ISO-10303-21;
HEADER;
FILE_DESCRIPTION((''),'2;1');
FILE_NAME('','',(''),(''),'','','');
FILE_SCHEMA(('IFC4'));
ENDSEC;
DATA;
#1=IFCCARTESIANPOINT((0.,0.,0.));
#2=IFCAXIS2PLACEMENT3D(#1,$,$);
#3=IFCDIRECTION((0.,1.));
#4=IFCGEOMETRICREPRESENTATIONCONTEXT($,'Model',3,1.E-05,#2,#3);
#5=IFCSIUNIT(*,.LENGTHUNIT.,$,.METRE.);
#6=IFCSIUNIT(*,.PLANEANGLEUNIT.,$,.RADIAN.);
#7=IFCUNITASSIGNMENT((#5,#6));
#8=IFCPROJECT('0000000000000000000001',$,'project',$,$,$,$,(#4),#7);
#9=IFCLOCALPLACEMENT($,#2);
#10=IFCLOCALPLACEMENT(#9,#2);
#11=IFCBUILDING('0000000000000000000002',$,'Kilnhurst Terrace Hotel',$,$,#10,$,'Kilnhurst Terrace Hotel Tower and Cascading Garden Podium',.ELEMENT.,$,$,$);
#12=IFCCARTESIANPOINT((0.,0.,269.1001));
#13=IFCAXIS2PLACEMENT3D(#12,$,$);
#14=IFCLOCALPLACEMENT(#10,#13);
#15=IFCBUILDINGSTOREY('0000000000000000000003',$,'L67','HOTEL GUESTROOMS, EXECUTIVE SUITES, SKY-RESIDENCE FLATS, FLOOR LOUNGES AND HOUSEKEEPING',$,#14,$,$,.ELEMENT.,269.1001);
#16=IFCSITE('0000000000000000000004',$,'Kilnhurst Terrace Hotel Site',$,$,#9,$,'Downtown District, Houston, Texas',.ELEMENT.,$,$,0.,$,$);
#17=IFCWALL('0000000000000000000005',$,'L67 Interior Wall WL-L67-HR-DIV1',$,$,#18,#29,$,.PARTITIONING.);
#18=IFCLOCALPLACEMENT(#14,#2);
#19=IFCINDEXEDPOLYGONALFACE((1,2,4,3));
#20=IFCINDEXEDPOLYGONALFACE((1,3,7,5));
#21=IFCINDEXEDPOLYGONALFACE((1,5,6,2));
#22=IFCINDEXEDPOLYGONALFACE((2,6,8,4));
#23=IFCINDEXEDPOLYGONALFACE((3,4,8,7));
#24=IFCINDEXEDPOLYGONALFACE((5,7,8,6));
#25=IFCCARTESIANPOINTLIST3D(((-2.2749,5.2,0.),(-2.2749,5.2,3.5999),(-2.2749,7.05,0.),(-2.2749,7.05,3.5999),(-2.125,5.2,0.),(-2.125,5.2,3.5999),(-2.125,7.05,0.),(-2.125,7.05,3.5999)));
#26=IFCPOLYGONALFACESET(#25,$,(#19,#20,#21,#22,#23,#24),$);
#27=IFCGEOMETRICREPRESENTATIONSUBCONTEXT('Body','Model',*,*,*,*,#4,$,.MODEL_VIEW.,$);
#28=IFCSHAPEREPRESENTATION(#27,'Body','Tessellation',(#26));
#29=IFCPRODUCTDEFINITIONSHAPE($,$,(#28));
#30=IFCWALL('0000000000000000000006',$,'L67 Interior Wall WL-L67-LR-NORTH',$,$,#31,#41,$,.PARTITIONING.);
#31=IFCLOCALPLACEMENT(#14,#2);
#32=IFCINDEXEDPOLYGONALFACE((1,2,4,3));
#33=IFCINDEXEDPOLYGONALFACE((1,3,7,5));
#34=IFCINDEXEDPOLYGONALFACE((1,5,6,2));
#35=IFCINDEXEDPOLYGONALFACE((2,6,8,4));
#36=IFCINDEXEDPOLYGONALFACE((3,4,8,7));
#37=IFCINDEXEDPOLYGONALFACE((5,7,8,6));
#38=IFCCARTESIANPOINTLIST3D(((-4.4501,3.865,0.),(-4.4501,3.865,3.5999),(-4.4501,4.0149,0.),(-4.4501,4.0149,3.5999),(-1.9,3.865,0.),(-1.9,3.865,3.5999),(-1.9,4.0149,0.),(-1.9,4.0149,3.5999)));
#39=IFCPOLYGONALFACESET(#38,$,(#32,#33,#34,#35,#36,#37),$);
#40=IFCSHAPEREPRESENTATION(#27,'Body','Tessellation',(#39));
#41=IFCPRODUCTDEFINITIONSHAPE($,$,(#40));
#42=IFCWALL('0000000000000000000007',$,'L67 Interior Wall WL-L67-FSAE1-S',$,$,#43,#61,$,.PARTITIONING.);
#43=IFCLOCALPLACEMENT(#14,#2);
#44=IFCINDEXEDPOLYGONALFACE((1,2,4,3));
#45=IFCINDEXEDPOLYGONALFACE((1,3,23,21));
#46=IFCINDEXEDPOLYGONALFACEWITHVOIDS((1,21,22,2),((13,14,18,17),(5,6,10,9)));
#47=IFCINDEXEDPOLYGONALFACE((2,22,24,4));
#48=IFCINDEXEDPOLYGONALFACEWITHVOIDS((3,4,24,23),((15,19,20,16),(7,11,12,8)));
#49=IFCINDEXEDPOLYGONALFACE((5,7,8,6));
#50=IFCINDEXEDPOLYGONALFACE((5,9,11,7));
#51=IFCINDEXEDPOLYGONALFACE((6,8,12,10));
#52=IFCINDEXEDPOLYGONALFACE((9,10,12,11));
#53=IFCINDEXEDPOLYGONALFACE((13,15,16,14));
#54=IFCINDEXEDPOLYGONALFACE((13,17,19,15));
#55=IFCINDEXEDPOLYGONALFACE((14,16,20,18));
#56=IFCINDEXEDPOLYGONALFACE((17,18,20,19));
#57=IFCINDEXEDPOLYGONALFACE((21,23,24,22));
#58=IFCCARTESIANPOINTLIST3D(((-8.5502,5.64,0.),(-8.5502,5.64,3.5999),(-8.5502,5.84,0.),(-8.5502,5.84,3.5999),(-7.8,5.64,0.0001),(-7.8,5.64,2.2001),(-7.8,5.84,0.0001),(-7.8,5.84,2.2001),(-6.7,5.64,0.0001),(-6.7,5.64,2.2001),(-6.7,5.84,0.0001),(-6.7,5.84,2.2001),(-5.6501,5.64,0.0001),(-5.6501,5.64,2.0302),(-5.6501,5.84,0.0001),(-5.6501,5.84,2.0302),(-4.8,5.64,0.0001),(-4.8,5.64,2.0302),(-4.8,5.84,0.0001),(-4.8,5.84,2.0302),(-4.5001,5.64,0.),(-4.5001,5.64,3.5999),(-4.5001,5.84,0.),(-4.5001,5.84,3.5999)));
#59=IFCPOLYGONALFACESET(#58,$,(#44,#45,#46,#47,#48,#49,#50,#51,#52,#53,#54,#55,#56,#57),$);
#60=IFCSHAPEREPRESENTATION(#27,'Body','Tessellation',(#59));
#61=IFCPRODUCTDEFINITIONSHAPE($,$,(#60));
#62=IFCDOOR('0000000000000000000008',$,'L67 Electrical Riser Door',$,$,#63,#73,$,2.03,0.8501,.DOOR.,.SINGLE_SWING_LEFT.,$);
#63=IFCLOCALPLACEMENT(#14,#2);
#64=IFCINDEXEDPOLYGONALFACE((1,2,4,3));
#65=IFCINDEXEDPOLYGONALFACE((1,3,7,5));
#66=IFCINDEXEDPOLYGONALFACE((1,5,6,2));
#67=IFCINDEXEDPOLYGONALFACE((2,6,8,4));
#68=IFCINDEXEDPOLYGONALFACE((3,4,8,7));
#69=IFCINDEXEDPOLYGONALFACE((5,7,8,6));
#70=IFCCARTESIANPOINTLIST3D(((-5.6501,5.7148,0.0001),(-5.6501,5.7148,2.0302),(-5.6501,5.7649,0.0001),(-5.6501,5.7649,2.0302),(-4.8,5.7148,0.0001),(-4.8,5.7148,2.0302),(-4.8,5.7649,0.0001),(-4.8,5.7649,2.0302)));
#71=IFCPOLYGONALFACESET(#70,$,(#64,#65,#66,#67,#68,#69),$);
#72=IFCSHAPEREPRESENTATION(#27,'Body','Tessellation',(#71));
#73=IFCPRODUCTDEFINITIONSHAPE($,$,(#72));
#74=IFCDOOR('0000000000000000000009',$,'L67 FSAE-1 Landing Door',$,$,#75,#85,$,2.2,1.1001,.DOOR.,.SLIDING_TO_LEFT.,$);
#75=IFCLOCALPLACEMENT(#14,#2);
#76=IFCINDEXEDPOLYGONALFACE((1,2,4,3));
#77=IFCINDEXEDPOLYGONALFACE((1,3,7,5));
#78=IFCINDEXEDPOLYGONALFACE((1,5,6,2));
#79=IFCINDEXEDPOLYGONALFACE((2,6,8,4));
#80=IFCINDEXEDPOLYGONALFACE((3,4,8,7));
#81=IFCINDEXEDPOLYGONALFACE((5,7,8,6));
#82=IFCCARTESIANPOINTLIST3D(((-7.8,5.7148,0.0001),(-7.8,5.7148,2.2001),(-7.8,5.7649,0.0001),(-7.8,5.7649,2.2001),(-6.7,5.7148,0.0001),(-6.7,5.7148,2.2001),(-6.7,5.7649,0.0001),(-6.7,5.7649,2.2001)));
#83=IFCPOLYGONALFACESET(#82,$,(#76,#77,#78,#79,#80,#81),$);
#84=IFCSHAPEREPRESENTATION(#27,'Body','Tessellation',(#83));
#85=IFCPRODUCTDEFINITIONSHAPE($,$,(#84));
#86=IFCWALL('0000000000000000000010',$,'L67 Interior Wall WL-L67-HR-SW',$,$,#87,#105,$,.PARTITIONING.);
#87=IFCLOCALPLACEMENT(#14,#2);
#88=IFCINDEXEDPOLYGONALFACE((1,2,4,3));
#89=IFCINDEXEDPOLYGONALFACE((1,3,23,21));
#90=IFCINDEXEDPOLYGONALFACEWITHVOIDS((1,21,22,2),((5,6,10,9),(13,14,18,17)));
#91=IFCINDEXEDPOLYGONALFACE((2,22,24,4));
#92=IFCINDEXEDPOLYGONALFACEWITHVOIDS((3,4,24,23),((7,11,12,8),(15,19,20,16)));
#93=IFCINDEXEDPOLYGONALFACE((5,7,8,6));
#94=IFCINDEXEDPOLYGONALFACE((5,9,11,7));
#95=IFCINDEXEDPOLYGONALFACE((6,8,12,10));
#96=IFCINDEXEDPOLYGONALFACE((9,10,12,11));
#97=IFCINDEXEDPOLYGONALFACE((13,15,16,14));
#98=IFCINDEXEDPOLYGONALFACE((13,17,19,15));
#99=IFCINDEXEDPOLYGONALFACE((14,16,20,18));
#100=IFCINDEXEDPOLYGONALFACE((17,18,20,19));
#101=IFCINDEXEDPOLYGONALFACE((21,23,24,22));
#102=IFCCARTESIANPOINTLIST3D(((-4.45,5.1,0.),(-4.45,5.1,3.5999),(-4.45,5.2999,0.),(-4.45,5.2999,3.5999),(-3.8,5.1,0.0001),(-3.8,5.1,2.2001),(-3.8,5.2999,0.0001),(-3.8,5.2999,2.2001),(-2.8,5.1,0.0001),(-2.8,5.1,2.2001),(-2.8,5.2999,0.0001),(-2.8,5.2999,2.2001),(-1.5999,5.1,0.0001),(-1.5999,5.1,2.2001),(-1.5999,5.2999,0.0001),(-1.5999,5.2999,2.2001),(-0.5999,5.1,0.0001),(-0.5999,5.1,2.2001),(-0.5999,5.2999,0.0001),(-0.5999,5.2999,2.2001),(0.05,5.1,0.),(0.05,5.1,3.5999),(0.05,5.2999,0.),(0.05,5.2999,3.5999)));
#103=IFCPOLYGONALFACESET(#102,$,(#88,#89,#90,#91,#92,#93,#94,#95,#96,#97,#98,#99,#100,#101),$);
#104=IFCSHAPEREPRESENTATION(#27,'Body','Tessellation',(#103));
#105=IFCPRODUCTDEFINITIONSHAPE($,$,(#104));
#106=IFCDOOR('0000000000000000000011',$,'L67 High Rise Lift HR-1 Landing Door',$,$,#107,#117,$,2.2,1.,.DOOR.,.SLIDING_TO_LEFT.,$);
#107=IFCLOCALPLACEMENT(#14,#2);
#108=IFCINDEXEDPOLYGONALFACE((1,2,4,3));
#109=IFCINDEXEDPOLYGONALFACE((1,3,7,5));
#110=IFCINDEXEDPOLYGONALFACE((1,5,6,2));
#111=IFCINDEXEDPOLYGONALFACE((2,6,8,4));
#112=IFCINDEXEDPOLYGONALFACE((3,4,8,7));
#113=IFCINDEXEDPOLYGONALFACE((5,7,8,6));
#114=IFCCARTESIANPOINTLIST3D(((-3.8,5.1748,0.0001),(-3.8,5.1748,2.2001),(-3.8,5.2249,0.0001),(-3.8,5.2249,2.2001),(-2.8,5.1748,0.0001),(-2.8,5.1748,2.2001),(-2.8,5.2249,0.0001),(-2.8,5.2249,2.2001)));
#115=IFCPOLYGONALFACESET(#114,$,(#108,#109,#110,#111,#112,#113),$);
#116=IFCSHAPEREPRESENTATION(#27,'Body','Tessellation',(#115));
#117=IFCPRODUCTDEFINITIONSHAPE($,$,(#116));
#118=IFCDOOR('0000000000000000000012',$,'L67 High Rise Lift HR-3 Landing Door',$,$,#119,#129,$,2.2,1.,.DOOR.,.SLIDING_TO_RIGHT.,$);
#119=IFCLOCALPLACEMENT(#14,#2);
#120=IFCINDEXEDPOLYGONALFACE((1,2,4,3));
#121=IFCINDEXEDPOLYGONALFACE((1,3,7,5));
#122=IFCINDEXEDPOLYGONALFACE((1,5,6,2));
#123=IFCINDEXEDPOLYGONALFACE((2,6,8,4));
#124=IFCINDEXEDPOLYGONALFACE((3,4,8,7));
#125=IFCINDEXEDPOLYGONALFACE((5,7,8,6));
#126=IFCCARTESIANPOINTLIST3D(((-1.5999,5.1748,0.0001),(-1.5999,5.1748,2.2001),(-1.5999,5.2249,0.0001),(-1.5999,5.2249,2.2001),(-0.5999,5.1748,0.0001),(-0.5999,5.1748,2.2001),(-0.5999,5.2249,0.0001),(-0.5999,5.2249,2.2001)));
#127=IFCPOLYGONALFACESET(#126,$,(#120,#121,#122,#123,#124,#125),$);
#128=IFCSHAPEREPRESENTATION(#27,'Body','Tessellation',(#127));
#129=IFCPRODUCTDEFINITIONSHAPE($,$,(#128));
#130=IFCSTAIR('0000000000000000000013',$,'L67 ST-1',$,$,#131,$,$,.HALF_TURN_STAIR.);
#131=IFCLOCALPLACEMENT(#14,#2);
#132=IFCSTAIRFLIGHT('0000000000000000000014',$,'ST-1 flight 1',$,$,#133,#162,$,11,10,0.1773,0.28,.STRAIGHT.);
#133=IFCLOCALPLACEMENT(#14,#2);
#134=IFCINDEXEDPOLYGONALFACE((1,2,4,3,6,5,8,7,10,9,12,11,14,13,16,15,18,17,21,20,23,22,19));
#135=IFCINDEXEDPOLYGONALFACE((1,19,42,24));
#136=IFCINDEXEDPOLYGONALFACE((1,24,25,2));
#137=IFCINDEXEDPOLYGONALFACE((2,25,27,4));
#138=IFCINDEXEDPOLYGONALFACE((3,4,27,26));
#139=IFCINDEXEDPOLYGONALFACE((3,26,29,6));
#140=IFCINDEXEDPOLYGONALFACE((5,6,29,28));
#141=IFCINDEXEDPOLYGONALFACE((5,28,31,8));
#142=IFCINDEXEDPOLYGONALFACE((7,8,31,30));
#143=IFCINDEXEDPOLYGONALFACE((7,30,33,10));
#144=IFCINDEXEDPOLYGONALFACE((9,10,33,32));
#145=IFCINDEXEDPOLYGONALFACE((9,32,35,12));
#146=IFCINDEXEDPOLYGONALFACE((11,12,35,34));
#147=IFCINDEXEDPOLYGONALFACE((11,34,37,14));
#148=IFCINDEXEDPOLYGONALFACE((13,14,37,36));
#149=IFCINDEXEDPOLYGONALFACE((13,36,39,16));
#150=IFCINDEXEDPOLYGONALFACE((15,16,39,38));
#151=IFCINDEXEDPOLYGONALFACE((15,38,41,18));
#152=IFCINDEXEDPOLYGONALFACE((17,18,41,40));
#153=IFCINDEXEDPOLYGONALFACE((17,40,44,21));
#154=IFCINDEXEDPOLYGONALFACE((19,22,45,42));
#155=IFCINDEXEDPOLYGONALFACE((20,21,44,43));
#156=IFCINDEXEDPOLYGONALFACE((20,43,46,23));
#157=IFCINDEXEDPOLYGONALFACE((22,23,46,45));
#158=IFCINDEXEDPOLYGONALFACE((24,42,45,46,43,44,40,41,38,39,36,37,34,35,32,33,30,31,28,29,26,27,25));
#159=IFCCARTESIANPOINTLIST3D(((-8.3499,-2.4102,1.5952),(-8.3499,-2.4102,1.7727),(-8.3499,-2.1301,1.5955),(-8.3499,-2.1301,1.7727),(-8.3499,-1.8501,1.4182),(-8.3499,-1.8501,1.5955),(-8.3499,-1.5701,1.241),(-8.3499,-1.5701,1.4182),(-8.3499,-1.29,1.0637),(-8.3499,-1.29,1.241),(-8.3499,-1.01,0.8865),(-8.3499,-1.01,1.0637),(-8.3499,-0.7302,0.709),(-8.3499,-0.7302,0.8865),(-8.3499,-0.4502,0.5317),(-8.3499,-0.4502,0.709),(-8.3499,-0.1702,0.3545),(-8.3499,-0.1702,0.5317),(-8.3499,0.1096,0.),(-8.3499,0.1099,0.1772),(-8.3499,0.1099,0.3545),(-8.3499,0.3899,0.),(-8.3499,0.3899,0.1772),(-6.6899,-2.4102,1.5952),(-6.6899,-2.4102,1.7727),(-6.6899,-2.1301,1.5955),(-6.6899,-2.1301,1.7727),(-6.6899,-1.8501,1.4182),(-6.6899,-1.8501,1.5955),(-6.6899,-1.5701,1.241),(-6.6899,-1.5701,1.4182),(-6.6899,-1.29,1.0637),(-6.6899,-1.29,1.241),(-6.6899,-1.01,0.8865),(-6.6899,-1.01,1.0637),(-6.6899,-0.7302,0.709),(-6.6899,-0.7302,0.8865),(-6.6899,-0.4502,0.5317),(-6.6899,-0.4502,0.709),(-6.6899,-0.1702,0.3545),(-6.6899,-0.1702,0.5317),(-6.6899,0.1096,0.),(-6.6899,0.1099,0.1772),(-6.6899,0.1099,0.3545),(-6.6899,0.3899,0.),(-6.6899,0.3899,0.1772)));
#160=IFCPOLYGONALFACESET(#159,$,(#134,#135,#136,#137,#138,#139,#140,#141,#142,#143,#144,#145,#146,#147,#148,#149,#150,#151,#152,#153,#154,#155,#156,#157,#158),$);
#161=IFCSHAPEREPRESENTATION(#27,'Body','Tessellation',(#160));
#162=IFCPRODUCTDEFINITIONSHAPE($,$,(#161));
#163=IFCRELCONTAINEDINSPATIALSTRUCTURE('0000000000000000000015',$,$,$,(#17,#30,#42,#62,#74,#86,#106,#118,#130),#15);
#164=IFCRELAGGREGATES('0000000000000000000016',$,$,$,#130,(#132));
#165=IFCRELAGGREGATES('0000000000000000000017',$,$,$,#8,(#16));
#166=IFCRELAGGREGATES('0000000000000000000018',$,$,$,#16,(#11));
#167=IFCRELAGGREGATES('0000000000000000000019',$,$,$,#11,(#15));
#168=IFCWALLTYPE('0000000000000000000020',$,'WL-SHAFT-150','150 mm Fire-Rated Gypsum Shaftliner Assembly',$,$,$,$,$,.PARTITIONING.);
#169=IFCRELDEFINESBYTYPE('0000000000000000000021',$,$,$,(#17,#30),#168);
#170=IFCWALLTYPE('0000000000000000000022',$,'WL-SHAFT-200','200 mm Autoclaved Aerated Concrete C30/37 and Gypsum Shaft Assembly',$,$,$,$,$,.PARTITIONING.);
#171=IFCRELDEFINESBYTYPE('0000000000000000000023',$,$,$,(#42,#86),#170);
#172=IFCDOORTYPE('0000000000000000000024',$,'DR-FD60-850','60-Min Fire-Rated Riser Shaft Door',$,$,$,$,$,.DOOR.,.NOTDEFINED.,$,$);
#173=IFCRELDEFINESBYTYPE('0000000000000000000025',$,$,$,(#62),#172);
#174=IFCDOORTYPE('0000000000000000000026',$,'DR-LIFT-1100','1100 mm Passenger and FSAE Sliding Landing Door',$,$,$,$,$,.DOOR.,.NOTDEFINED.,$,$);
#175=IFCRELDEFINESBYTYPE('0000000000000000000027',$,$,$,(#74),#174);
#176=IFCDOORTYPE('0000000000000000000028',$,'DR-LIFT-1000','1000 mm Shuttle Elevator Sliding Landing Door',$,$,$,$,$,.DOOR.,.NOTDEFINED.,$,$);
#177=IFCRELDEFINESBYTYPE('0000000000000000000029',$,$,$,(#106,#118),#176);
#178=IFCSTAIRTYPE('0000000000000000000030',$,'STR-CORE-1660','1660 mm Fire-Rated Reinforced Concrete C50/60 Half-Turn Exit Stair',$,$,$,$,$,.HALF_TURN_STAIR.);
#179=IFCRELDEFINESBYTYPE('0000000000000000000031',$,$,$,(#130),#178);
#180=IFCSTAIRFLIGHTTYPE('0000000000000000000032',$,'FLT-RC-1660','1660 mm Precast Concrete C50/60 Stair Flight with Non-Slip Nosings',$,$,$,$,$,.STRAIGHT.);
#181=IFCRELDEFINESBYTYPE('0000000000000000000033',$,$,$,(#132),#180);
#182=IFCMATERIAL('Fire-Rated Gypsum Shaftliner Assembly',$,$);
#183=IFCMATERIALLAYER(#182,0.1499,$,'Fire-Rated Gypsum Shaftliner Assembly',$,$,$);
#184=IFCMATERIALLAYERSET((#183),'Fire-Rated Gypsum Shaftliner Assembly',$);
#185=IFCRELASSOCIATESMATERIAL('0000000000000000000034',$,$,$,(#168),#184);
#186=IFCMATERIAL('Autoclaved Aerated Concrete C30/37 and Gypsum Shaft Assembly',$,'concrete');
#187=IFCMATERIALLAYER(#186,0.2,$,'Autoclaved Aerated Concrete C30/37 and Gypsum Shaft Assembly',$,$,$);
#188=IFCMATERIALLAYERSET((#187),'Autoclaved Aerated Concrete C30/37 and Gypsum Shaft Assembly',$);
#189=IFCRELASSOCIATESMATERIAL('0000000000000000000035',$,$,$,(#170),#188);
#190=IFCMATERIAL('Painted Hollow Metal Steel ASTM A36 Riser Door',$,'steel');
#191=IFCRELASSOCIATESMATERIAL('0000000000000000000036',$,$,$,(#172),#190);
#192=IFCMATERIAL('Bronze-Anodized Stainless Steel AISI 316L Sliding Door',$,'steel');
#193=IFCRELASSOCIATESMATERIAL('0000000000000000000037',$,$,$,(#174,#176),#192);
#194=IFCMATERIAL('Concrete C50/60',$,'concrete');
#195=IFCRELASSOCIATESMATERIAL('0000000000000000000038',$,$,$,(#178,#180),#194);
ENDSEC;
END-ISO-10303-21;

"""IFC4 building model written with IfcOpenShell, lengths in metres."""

from ifc_helpers import new_model, si_unit, direction, frame, frame_2d, origin, place, context, subcontext, project, spatial, polyline, rectangle, outline, extrude, material, layer, layer_set, type_object, element, fill, aggregate, save


model = new_model("IFC4")

# Units and contexts
model_context = context("Model", 3, precision=1e-05, world=origin(), true_north=direction((0.0, 1.0)))
body_context = subcontext(model_context, "Body", "Model", "MODEL_VIEW")
ifc_project = project(units=[si_unit("LENGTHUNIT", "METRE"), si_unit("PLANEANGLEUNIT", "RADIAN")], contexts=[model_context])

# Site, building, storey
site_placement = place(None, origin())
site = spatial("IfcSite", under=ifc_project, at=site_placement, Name="Kilnhurst Terrace Hotel Site", LongName="Downtown District, Houston, Texas", CompositionType="ELEMENT", RefElevation=0.0)
building_placement = place(site_placement, origin())
building = spatial("IfcBuilding", under=site, at=building_placement, Name="Kilnhurst Terrace Hotel", LongName="Kilnhurst Terrace Hotel Tower and Cascading Garden Podium", CompositionType="ELEMENT")
storey_placement = place(building_placement, frame((0.0, 0.0, 269.1001)))
storey = spatial("IfcBuildingStorey", under=building, at=storey_placement, Name="L67", Description="HOTEL GUESTROOMS, EXECUTIVE SUITES, SKY-RESIDENCE FLATS, FLOOR LOUNGES AND HOUSEKEEPING", CompositionType="ELEMENT", Elevation=269.1001)

# Shared definitions
ifc_material_1 = material(Name="Concrete C50/60", Category="concrete")

# Walls
ifc_material_2 = material(Name="Fire-Rated Gypsum Shaftliner Assembly")
ifc_layer_1 = layer(ifc_material_2, 0.1499, Name="Fire-Rated Gypsum Shaftliner Assembly")
ifc_layer_set_1 = layer_set([ifc_layer_1], Name="Fire-Rated Gypsum Shaftliner Assembly")
wall_type_1 = type_object("IfcWallType", Name="WL-SHAFT-150", Description="150 mm Fire-Rated Gypsum Shaftliner Assembly", PredefinedType="PARTITIONING", material=ifc_layer_set_1)
wall_1_placement = place(storey_placement, frame((-2.2, 5.2, 0.0), z_axis=(0.0, 0.0, 1.0), x_axis=(0.0, 1.0, 0.0)))
element("IfcWall", 1, at=wall_1_placement, inside=storey, type_object=wall_type_1, Name="L67 Interior Wall WL-L67-HR-DIV1", PredefinedType="PARTITIONING", context=body_context, shape_type="SweptSolid", body=[
    extrude(rectangle(XDim=1.8501, YDim=0.1499, at=frame_2d((0.925, 0.0))), origin(), (0.0, 0.0, 1.0), 3.5999),
])
wall_2_placement = place(storey_placement, frame((-4.45, 3.9399, 0.0), z_axis=(0.0, 0.0, 1.0), x_axis=(1.0, 0.0, 0.0)))
element("IfcWall", 2, at=wall_2_placement, inside=storey, type_object=wall_type_1, Name="L67 Interior Wall WL-L67-LR-NORTH", PredefinedType="PARTITIONING", context=body_context, shape_type="SweptSolid", body=[
    extrude(rectangle(XDim=2.55, YDim=0.1499, at=frame_2d((1.2749, 0.0))), origin(), (0.0, 0.0, 1.0), 3.5999),
])

# Walls, openings, doors
ifc_material_3 = material(Name="Autoclaved Aerated Concrete C30/37 and Gypsum Shaft Assembly", Category="concrete")
ifc_layer_2 = layer(ifc_material_3, 0.2, Name="Autoclaved Aerated Concrete C30/37 and Gypsum Shaft Assembly")
ifc_layer_set_2 = layer_set([ifc_layer_2], Name="Autoclaved Aerated Concrete C30/37 and Gypsum Shaft Assembly")
wall_type_2 = type_object("IfcWallType", Name="WL-SHAFT-200", Description="200 mm Autoclaved Aerated Concrete C30/37 and Gypsum Shaft Assembly", PredefinedType="PARTITIONING", material=ifc_layer_set_2)
wall_3_placement = place(storey_placement, frame((-8.55, 5.74, 0.0), z_axis=(0.0, 0.0, 1.0), x_axis=(1.0, 0.0, 0.0)))
wall_3 = element("IfcWall", 3, at=wall_3_placement, inside=storey, type_object=wall_type_2, Name="L67 Interior Wall WL-L67-FSAE1-S", PredefinedType="PARTITIONING", context=body_context, shape_type="SweptSolid", body=[
    extrude(rectangle(XDim=4.05, YDim=0.2, at=frame_2d((2.0249, 0.0))), origin(), (0.0, 0.0, 1.0), 3.5999),
])
opening_1_placement = place(wall_3_placement, frame((0.75, 0.0, 0.0)))
opening_1 = element("IfcOpeningElement", 4, at=opening_1_placement, cuts=wall_3, PredefinedType="OPENING", context=body_context, shape_type="SweptSolid", body=[
    extrude(rectangle(XDim=1.1001, YDim=2.2, at=frame_2d((0.55, 1.1001))), frame((0.0, 0.1099, 0.0), z_axis=(0.0, -1.0, 0.0), x_axis=(1.0, 0.0, 0.0)), (0.0, 0.0, 1.0), 0.22),
])
opening_2_placement = place(wall_3_placement, frame((2.8999, 0.0, 0.0)))
opening_2 = element("IfcOpeningElement", 5, at=opening_2_placement, cuts=wall_3, PredefinedType="OPENING", context=body_context, shape_type="SweptSolid", body=[
    extrude(rectangle(XDim=0.8501, YDim=2.03, at=frame_2d((0.425, 1.0151))), frame((0.0, 0.1099, 0.0), z_axis=(0.0, -1.0, 0.0), x_axis=(1.0, 0.0, 0.0)), (0.0, 0.0, 1.0), 0.22),
])
ifc_material_4 = material(Name="Painted Hollow Metal Steel ASTM A36 Riser Door", Category="steel")
door_type_1 = type_object("IfcDoorType", Name="DR-FD60-850", Description="60-Min Fire-Rated Riser Shaft Door", OperationType="NOTDEFINED", PredefinedType="DOOR", material=ifc_material_4)
door_1_placement = place(opening_2_placement, origin())
door_1 = element("IfcDoor", 6, at=door_1_placement, inside=storey, type_object=door_type_1, Name="L67 Electrical Riser Door", OperationType="SINGLE_SWING_LEFT", OverallHeight=2.03, OverallWidth=0.8501, PredefinedType="DOOR", context=body_context, shape_type="SweptSolid", body=[
    extrude(rectangle(XDim=0.8501, YDim=2.03, at=frame_2d((0.425, 1.0151))), frame((0.0, 0.0249, 0.0), z_axis=(0.0, -1.0, 0.0), x_axis=(1.0, 0.0, 0.0)), (0.0, 0.0, 1.0), 0.05),
])
fill(opening_2, door_1)
ifc_material_5 = material(Name="Bronze-Anodized Stainless Steel AISI 316L Sliding Door", Category="steel")
door_type_2 = type_object("IfcDoorType", Name="DR-LIFT-1100", Description="1100 mm Passenger and FSAE Sliding Landing Door", OperationType="NOTDEFINED", PredefinedType="DOOR", material=ifc_material_5)
door_2_placement = place(opening_1_placement, origin())
door_2 = element("IfcDoor", 7, at=door_2_placement, inside=storey, type_object=door_type_2, Name="L67 FSAE-1 Landing Door", OperationType="SLIDING_TO_LEFT", OverallHeight=2.2, OverallWidth=1.1001, PredefinedType="DOOR", context=body_context, shape_type="SweptSolid", body=[
    extrude(rectangle(XDim=1.1001, YDim=2.2, at=frame_2d((0.55, 1.1001))), frame((0.0, 0.0249, 0.0), z_axis=(0.0, -1.0, 0.0), x_axis=(1.0, 0.0, 0.0)), (0.0, 0.0, 1.0), 0.05),
])
fill(opening_1, door_2)
wall_4_placement = place(storey_placement, frame((-4.45, 5.2, 0.0), z_axis=(0.0, 0.0, 1.0), x_axis=(1.0, 0.0, 0.0)))
wall_4 = element("IfcWall", 8, at=wall_4_placement, inside=storey, type_object=wall_type_2, Name="L67 Interior Wall WL-L67-HR-SW", PredefinedType="PARTITIONING", context=body_context, shape_type="SweptSolid", body=[
    extrude(rectangle(XDim=4.5, YDim=0.2, at=frame_2d((2.25, 0.0))), origin(), (0.0, 0.0, 1.0), 3.5999),
])
opening_3_placement = place(wall_4_placement, frame((0.6499, 0.0, 0.0)))
opening_3 = element("IfcOpeningElement", 9, at=opening_3_placement, cuts=wall_4, PredefinedType="OPENING", context=body_context, shape_type="SweptSolid", body=[
    extrude(rectangle(XDim=1.0, YDim=2.2, at=frame_2d((0.5, 1.1001))), frame((0.0, 0.1099, 0.0), z_axis=(0.0, -1.0, 0.0), x_axis=(1.0, 0.0, 0.0)), (0.0, 0.0, 1.0), 0.22),
])
opening_4_placement = place(wall_4_placement, frame((2.8501, 0.0, 0.0)))
opening_4 = element("IfcOpeningElement", 10, at=opening_4_placement, cuts=wall_4, PredefinedType="OPENING", context=body_context, shape_type="SweptSolid", body=[
    extrude(rectangle(XDim=1.0, YDim=2.2, at=frame_2d((0.5, 1.1001))), frame((0.0, 0.1099, 0.0), z_axis=(0.0, -1.0, 0.0), x_axis=(1.0, 0.0, 0.0)), (0.0, 0.0, 1.0), 0.22),
])
door_type_3 = type_object("IfcDoorType", Name="DR-LIFT-1000", Description="1000 mm Shuttle Elevator Sliding Landing Door", OperationType="NOTDEFINED", PredefinedType="DOOR", material=ifc_material_5)
door_3_placement = place(opening_3_placement, origin())
door_3 = element("IfcDoor", 11, at=door_3_placement, inside=storey, type_object=door_type_3, Name="L67 High Rise Lift HR-1 Landing Door", OperationType="SLIDING_TO_LEFT", OverallHeight=2.2, OverallWidth=1.0, PredefinedType="DOOR", context=body_context, shape_type="SweptSolid", body=[
    extrude(rectangle(XDim=1.0, YDim=2.2, at=frame_2d((0.5, 1.1001))), frame((0.0, 0.0249, 0.0), z_axis=(0.0, -1.0, 0.0), x_axis=(1.0, 0.0, 0.0)), (0.0, 0.0, 1.0), 0.05),
])
fill(opening_3, door_3)
door_4_placement = place(opening_4_placement, origin())
door_4 = element("IfcDoor", 12, at=door_4_placement, inside=storey, type_object=door_type_3, Name="L67 High Rise Lift HR-3 Landing Door", OperationType="SLIDING_TO_RIGHT", OverallHeight=2.2, OverallWidth=1.0, PredefinedType="DOOR", context=body_context, shape_type="SweptSolid", body=[
    extrude(rectangle(XDim=1.0, YDim=2.2, at=frame_2d((0.5, 1.1001))), frame((0.0, 0.0249, 0.0), z_axis=(0.0, -1.0, 0.0), x_axis=(1.0, 0.0, 0.0)), (0.0, 0.0, 1.0), 0.05),
])
fill(opening_4, door_4)

# Stair, stair flight
stair_type = type_object("IfcStairType", Name="STR-CORE-1660", Description="1660 mm Fire-Rated Reinforced Concrete C50/60 Half-Turn Exit Stair", PredefinedType="HALF_TURN_STAIR", material=ifc_material_1)
stair_placement = place(storey_placement, origin())
stair = element("IfcStair", 13, at=stair_placement, inside=storey, type_object=stair_type, Name="L67 ST-1", PredefinedType="HALF_TURN_STAIR")
stair_flight_type = type_object("IfcStairFlightType", Name="FLT-RC-1660", Description="1660 mm Precast Concrete C50/60 Stair Flight with Non-Slip Nosings", PredefinedType="STRAIGHT", material=ifc_material_1)
stair_flight_placement = place(storey_placement, frame((-7.52, 0.3899, 0.0), z_axis=(0.0, 0.0, 1.0), x_axis=(0.0, -1.0, 0.0)))
stair_flight = element("IfcStairFlight", 14, at=stair_flight_placement, type_object=stair_flight_type, Name="ST-1 flight 1", NumberOfRisers=11, NumberOfTreads=10, PredefinedType="STRAIGHT", RiserHeight=0.1773, TreadLength=0.28, context=body_context, shape_type="SweptSolid", body=[
    extrude(outline(polyline([(0.0, 0.0), (0.0, 0.1772), (0.28, 0.1772), (0.28, 0.3545), (0.5601, 0.3545), (0.5601, 0.5317), (0.8401, 0.5317), (0.8401, 0.709), (1.1201, 0.709), (1.1201, 0.8865), (1.3999, 0.8865), (1.3999, 1.0637), (1.6799, 1.0637), (1.6799, 1.241), (1.96, 1.241), (1.96, 1.4182), (2.24, 1.4182), (2.24, 1.5955), (2.52, 1.5955), (2.52, 1.7727), (2.8, 1.7727), (2.8, 1.95), (2.8, 1.5952), (0.2803, 0.0), (0.0, 0.0)])), frame((0.0, 0.8301, 0.0), z_axis=(0.0, -1.0, 0.0), x_axis=(1.0, 0.0, 0.0)), (0.0, 0.0, 1.0), 1.6599),
])
aggregate(stair, [stair_flight])

save(model, "model.ifc")
